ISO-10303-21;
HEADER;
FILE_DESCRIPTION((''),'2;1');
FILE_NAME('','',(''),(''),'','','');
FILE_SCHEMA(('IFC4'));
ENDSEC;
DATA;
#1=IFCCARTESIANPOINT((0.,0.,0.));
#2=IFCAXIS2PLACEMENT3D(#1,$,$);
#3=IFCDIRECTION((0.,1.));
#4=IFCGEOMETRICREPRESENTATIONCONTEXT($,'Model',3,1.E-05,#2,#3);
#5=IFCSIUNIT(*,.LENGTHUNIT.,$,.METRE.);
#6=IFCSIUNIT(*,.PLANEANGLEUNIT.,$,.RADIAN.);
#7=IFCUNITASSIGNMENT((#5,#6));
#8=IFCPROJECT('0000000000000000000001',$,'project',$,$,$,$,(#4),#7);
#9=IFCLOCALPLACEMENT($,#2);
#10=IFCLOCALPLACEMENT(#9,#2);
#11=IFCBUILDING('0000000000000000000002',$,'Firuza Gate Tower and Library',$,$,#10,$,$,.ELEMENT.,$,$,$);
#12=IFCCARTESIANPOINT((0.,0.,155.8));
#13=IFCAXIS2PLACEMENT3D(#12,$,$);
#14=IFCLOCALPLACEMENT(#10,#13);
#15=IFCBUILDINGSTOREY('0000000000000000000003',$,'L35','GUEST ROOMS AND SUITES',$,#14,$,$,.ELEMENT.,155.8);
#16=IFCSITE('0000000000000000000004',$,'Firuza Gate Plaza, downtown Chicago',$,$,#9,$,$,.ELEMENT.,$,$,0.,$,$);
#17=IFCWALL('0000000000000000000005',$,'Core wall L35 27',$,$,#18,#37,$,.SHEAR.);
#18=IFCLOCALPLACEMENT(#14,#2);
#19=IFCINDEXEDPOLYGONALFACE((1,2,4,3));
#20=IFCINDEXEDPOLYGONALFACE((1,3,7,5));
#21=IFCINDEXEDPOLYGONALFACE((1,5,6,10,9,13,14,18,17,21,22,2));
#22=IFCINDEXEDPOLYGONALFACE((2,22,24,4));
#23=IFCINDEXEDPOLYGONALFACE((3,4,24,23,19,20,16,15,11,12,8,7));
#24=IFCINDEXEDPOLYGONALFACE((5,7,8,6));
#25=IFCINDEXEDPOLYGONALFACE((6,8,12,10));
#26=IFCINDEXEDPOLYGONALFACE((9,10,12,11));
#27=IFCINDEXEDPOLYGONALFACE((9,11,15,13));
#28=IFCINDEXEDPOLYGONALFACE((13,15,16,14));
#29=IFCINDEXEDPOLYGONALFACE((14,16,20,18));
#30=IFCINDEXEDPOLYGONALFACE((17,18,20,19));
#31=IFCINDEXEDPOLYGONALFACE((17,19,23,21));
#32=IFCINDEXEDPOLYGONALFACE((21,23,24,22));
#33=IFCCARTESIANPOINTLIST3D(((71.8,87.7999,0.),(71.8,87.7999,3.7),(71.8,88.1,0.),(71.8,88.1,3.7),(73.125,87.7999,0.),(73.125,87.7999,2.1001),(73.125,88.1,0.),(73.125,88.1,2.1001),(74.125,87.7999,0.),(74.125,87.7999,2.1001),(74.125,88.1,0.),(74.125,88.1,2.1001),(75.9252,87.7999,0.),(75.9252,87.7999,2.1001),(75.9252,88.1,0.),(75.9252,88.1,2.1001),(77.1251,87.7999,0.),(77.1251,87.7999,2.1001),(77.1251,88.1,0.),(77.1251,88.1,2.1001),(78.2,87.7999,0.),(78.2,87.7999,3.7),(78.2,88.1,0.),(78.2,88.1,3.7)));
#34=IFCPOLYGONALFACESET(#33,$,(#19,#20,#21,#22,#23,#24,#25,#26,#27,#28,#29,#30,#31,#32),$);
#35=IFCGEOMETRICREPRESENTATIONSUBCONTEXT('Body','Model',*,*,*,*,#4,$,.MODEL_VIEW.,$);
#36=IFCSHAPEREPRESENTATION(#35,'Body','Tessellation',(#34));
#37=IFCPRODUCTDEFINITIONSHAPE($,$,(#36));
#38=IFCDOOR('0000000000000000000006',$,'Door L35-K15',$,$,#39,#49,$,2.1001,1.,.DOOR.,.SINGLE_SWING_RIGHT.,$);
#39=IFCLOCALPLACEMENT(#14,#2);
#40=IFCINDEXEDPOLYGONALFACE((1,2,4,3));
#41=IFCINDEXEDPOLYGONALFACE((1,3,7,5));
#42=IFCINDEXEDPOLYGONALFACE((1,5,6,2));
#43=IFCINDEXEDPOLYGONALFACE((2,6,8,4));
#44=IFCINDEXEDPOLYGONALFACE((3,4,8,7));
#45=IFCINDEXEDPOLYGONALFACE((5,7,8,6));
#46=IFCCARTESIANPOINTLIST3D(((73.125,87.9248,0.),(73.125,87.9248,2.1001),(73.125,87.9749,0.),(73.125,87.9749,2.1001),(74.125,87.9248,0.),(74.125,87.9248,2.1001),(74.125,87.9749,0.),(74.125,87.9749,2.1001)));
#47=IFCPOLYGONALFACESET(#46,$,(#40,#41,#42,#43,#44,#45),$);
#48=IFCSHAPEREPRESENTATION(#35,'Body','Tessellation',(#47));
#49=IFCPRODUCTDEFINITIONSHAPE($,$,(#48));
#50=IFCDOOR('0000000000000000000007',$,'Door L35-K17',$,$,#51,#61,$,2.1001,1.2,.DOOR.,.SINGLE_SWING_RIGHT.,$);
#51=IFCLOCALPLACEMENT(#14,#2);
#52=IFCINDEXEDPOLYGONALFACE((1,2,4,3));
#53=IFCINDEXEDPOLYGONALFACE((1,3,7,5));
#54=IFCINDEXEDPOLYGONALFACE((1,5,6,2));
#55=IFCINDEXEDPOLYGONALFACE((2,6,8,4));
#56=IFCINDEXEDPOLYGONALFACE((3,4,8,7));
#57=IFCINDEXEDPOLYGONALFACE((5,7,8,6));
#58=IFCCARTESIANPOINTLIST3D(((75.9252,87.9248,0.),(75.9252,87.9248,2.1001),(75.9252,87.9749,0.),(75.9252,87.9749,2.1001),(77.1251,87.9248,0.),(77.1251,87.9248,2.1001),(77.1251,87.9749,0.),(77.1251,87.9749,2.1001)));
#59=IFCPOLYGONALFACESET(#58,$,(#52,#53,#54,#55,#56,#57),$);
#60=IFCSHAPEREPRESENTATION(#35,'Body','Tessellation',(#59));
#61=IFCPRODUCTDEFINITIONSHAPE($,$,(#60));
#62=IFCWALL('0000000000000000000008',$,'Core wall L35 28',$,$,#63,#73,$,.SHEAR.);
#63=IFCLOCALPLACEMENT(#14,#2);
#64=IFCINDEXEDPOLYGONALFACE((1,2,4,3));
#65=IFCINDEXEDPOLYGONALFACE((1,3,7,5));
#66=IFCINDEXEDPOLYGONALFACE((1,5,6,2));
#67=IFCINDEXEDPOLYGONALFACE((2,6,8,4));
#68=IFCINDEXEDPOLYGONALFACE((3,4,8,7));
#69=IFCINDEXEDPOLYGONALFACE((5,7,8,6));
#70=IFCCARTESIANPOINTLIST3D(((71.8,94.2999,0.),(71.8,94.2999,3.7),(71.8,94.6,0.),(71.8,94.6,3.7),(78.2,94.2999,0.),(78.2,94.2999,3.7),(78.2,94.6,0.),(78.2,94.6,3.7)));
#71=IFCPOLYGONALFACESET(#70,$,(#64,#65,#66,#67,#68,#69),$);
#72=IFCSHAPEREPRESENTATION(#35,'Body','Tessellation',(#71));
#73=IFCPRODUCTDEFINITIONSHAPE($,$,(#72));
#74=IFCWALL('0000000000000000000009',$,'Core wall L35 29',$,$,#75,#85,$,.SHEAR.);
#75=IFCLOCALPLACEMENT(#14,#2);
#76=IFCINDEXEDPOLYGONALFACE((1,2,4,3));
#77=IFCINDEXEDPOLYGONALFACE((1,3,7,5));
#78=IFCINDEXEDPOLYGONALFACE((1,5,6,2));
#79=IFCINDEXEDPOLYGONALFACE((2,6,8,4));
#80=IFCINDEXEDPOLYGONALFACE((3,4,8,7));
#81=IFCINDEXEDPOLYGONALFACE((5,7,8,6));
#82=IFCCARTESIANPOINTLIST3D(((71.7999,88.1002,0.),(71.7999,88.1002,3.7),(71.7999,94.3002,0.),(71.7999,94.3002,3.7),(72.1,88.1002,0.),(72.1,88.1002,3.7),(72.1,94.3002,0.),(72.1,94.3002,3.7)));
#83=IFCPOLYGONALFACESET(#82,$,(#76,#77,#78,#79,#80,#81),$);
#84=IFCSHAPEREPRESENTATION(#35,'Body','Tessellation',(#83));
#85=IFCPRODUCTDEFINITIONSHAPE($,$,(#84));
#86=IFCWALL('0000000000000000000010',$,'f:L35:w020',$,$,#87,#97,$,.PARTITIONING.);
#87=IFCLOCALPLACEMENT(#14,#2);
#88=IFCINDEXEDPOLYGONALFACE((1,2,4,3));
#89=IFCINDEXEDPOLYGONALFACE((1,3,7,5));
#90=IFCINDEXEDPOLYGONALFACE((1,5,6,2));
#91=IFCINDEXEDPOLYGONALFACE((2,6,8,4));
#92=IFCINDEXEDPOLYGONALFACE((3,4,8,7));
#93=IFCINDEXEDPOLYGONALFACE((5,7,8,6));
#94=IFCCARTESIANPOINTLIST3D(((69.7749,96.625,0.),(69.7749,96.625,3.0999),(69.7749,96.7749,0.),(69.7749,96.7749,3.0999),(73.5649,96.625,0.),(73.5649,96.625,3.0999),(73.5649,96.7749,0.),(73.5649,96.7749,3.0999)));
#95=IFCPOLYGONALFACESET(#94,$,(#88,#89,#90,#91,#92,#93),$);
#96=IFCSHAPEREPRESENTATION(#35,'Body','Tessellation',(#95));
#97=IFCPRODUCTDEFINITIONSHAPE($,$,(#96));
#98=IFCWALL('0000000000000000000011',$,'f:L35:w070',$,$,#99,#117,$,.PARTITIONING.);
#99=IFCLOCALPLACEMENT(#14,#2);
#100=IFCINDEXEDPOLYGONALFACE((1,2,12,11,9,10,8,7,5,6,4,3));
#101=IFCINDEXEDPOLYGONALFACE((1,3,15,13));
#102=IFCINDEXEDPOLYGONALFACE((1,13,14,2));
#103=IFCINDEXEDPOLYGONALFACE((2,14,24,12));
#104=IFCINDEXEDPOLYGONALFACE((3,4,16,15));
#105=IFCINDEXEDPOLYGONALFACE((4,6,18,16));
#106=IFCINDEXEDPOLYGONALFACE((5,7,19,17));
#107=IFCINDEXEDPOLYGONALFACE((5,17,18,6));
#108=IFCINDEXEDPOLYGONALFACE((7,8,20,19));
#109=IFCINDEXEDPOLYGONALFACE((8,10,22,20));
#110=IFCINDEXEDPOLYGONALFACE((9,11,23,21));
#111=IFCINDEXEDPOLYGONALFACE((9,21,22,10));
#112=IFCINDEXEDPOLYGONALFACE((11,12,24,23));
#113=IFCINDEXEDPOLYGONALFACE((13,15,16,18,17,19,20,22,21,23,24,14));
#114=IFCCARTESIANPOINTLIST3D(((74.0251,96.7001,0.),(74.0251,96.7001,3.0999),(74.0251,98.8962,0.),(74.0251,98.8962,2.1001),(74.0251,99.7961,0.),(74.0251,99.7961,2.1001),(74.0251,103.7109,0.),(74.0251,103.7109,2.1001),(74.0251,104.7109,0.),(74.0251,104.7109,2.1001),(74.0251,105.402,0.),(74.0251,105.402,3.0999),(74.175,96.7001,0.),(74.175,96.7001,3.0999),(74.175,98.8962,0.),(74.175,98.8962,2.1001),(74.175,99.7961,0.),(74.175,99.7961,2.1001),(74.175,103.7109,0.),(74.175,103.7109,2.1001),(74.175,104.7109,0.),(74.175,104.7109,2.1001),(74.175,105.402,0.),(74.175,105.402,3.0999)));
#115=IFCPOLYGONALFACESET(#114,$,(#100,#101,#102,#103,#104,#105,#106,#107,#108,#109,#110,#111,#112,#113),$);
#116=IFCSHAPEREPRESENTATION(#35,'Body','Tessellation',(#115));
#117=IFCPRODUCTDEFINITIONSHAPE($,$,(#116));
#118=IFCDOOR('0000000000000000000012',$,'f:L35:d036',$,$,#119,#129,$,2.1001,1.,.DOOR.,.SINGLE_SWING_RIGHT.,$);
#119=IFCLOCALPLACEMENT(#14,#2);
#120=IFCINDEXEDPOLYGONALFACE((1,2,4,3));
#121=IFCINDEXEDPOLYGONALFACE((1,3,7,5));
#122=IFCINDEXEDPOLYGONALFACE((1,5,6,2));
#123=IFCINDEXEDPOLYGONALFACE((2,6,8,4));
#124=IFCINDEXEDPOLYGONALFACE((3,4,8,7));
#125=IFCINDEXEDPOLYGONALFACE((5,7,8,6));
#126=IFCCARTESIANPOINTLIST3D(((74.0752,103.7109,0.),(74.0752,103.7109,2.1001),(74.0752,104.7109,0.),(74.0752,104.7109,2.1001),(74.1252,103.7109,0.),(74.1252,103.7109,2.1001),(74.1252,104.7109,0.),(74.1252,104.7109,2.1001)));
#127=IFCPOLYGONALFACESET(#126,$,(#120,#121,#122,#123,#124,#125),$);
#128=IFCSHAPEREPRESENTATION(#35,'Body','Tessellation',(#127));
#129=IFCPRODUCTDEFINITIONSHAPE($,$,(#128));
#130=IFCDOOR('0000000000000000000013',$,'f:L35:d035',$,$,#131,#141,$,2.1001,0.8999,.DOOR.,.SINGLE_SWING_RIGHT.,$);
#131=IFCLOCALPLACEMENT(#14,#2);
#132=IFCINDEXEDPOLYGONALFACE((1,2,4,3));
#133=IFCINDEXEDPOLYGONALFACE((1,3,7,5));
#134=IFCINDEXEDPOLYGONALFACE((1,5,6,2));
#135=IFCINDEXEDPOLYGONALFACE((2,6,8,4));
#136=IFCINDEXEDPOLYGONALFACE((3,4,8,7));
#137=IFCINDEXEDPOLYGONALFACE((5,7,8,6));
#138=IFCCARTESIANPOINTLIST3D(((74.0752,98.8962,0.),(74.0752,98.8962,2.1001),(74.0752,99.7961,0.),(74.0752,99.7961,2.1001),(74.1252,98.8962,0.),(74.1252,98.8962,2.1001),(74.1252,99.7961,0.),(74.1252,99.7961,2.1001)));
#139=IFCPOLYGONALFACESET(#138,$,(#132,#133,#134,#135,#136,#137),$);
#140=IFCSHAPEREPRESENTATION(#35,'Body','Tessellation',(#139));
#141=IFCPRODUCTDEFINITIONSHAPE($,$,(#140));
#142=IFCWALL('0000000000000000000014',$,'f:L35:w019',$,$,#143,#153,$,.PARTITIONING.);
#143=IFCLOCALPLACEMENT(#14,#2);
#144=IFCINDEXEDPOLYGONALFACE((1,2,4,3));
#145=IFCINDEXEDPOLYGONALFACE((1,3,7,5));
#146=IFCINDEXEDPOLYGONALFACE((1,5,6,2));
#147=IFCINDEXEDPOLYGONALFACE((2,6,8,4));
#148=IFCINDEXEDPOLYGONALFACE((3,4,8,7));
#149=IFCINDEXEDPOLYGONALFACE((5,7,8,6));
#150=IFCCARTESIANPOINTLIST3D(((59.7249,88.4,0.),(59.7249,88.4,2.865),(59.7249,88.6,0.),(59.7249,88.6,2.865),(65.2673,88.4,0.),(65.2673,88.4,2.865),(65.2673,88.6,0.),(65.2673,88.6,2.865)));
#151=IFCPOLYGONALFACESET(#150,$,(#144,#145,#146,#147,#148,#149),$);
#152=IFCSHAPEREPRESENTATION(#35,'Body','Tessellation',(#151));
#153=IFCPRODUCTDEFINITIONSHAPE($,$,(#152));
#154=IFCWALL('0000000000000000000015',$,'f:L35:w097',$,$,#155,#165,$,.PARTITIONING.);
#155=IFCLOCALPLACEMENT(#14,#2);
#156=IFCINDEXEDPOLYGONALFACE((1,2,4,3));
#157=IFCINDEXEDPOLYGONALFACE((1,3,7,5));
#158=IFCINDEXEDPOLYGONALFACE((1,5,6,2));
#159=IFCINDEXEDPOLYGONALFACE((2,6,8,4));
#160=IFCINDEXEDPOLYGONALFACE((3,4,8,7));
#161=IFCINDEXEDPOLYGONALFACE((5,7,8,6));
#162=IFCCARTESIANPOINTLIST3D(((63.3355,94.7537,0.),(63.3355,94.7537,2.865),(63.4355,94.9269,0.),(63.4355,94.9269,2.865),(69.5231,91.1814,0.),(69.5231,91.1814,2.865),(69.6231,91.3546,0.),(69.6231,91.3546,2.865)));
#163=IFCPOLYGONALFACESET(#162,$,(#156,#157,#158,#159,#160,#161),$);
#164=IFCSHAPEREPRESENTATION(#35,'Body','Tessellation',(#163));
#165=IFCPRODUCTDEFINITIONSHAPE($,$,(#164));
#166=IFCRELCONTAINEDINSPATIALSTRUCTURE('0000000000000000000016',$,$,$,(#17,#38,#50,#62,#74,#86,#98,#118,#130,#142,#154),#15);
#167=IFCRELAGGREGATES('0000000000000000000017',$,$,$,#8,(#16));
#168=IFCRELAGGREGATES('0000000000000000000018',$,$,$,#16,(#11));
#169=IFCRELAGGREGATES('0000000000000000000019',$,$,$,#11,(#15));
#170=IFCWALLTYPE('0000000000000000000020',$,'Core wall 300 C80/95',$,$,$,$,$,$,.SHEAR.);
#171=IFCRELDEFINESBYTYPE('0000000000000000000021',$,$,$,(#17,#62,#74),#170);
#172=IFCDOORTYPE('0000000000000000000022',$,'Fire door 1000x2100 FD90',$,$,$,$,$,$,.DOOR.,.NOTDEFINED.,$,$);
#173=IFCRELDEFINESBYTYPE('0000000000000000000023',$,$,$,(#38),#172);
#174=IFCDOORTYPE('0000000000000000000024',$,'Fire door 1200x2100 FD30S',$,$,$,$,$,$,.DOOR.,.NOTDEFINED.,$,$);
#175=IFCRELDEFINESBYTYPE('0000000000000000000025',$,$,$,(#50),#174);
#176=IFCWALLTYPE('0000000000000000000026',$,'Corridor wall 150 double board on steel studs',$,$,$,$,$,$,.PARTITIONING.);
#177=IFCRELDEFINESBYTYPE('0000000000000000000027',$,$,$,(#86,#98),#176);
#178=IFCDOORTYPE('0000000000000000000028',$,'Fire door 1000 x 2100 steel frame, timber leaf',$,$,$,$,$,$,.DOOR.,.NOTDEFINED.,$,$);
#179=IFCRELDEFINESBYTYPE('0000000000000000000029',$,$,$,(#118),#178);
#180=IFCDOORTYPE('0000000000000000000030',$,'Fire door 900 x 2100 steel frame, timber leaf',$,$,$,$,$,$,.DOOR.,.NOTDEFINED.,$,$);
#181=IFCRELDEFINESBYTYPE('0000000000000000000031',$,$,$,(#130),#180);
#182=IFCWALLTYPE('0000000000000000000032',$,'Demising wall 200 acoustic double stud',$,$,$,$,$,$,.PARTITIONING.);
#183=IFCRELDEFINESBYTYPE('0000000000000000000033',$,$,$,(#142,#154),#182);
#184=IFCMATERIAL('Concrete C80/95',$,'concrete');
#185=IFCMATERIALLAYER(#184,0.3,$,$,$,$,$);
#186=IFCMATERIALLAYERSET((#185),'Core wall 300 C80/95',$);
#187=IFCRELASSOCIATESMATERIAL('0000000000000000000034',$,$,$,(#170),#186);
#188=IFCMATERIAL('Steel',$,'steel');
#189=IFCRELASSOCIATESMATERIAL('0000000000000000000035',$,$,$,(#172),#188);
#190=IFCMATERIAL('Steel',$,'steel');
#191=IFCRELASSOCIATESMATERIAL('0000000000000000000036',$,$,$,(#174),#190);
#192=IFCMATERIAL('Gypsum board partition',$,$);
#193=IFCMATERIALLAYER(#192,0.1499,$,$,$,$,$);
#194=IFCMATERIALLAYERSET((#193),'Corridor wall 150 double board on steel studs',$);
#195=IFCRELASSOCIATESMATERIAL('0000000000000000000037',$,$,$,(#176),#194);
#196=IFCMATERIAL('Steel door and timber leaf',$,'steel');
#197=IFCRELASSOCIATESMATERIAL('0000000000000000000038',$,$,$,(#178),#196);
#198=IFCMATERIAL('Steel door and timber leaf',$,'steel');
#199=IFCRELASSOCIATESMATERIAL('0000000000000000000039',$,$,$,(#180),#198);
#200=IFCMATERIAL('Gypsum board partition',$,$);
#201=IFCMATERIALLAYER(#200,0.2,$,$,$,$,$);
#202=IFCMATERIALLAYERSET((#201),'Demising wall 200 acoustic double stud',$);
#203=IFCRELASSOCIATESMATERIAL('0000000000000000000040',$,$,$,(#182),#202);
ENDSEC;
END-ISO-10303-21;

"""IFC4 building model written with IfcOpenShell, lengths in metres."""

from ifc_helpers import new_model, si_unit, direction, frame, frame_2d, origin, place, context, subcontext, project, spatial, rectangle, extrude, material, layer, layer_set, type_object, element, fill, save


model = new_model("IFC4")

# Units and contexts
model_context = context("Model", 3, precision=1e-05, world=origin(), true_north=direction((0.0, 1.0)))
body_context = subcontext(model_context, "Body", "Model", "MODEL_VIEW")
ifc_project = project(units=[si_unit("LENGTHUNIT", "METRE"), si_unit("PLANEANGLEUNIT", "RADIAN")], contexts=[model_context])

# Site, building, storey
site_placement = place(None, origin())
site = spatial("IfcSite", under=ifc_project, at=site_placement, Name="Firuza Gate Plaza, downtown Chicago", CompositionType="ELEMENT", RefElevation=0.0)
building_placement = place(site_placement, origin())
building = spatial("IfcBuilding", under=site, at=building_placement, Name="Firuza Gate Tower and Library", CompositionType="ELEMENT")
storey_placement = place(building_placement, frame((0.0, 0.0, 155.8)))
storey = spatial("IfcBuildingStorey", under=building, at=storey_placement, Name="L35", Description="GUEST ROOMS AND SUITES", CompositionType="ELEMENT", Elevation=155.8)

# Wall, openings, doors
ifc_material_1 = material(Name="Concrete C80/95", Category="concrete")
ifc_layer_1 = layer(ifc_material_1, 0.3)
ifc_layer_set_1 = layer_set([ifc_layer_1], Name="Core wall 300 C80/95")
wall_type_1 = type_object("IfcWallType", Name="Core wall 300 C80/95", PredefinedType="SHEAR", material=ifc_layer_set_1)
wall_1_placement = place(storey_placement, frame((71.8, 87.95, 0.0), z_axis=(0.0, 0.0, 1.0), x_axis=(1.0, 0.0, 0.0)))
wall_1 = element("IfcWall", 1, at=wall_1_placement, inside=storey, type_object=wall_type_1, Name="Core wall L35 27", PredefinedType="SHEAR", context=body_context, shape_type="SweptSolid", body=[
    extrude(rectangle(XDim=6.3999, YDim=0.3, at=frame_2d((3.2, 0.0))), origin(), (0.0, 0.0, 1.0), 3.7),
])
opening_1_placement = place(wall_1_placement, frame((1.325, 0.0, 0.0)))
opening_1 = element("IfcOpeningElement", 2, at=opening_1_placement, cuts=wall_1, PredefinedType="OPENING", context=body_context, shape_type="SweptSolid", body=[
    extrude(rectangle(XDim=1.0, YDim=2.1001, at=frame_2d((0.5, 1.05))), frame((0.0, 0.1602, 0.0), z_axis=(0.0, -1.0, 0.0), x_axis=(1.0, 0.0, 0.0)), (0.0, 0.0, 1.0), 0.3201),
])
opening_2_placement = place(wall_1_placement, frame((4.125, 0.0, 0.0)))
opening_2 = element("IfcOpeningElement", 3, at=opening_2_placement, cuts=wall_1, PredefinedType="OPENING", context=body_context, shape_type="SweptSolid", body=[
    extrude(rectangle(XDim=1.2, YDim=2.1001, at=frame_2d((0.6001, 1.05))), frame((0.0, 0.1602, 0.0), z_axis=(0.0, -1.0, 0.0), x_axis=(1.0, 0.0, 0.0)), (0.0, 0.0, 1.0), 0.3201),
])
ifc_material_2 = material(Name="Steel", Category="steel")
door_type_1 = type_object("IfcDoorType", Name="Fire door 1000x2100 FD90", OperationType="NOTDEFINED", PredefinedType="DOOR", material=ifc_material_2)
door_1_placement = place(opening_1_placement, origin())
door_1 = element("IfcDoor", 4, at=door_1_placement, inside=storey, type_object=door_type_1, Name="Door L35-K15", OperationType="SINGLE_SWING_RIGHT", OverallHeight=2.1001, OverallWidth=1.0, PredefinedType="DOOR", context=body_context, shape_type="SweptSolid", body=[
    extrude(rectangle(XDim=1.0, YDim=2.1001, at=frame_2d((0.5, 1.05))), frame((0.0, 0.0249, 0.0), z_axis=(0.0, -1.0, 0.0), x_axis=(1.0, 0.0, 0.0)), (0.0, 0.0, 1.0), 0.05),
])
fill(opening_1, door_1)
ifc_material_3 = material(Name="Steel", Category="steel")
door_type_2 = type_object("IfcDoorType", Name="Fire door 1200x2100 FD30S", OperationType="NOTDEFINED", PredefinedType="DOOR", material=ifc_material_3)
door_2_placement = place(opening_2_placement, origin())
door_2 = element("IfcDoor", 5, at=door_2_placement, inside=storey, type_object=door_type_2, Name="Door L35-K17", OperationType="SINGLE_SWING_RIGHT", OverallHeight=2.1001, OverallWidth=1.2, PredefinedType="DOOR", context=body_context, shape_type="SweptSolid", body=[
    extrude(rectangle(XDim=1.2, YDim=2.1001, at=frame_2d((0.6001, 1.05))), frame((0.0, 0.0249, 0.0), z_axis=(0.0, -1.0, 0.0), x_axis=(1.0, 0.0, 0.0)), (0.0, 0.0, 1.0), 0.05),
])
fill(opening_2, door_2)

# Walls
wall_2_placement = place(storey_placement, frame((71.8, 94.45, 0.0), z_axis=(0.0, 0.0, 1.0), x_axis=(1.0, 0.0, 0.0)))
element("IfcWall", 6, at=wall_2_placement, inside=storey, type_object=wall_type_1, Name="Core wall L35 28", PredefinedType="SHEAR", context=body_context, shape_type="SweptSolid", body=[
    extrude(rectangle(XDim=6.3999, YDim=0.3, at=frame_2d((3.2, 0.0))), origin(), (0.0, 0.0, 1.0), 3.7),
])
wall_3_placement = place(storey_placement, frame((71.95, 88.1001, 0.0), z_axis=(0.0, 0.0, 1.0), x_axis=(0.0, 1.0, 0.0)))
element("IfcWall", 7, at=wall_3_placement, inside=storey, type_object=wall_type_1, Name="Core wall L35 29", PredefinedType="SHEAR", context=body_context, shape_type="SweptSolid", body=[
    extrude(rectangle(XDim=6.2, YDim=0.3, at=frame_2d((3.1001, 0.0))), origin(), (0.0, 0.0, 1.0), 3.7),
])
ifc_material_4 = material(Name="Gypsum board partition")
ifc_layer_2 = layer(ifc_material_4, 0.1499)
ifc_layer_set_2 = layer_set([ifc_layer_2], Name="Corridor wall 150 double board on steel studs")
wall_type_2 = type_object("IfcWallType", Name="Corridor wall 150 double board on steel studs", PredefinedType="PARTITIONING", material=ifc_layer_set_2)
wall_4_placement = place(storey_placement, frame((69.7749, 96.7, 0.0), z_axis=(0.0, 0.0, 1.0), x_axis=(1.0, 0.0, 0.0)))
element("IfcWall", 8, at=wall_4_placement, inside=storey, type_object=wall_type_2, Name="f:L35:w020", PredefinedType="PARTITIONING", context=body_context, shape_type="SweptSolid", body=[
    extrude(rectangle(XDim=3.79, YDim=0.1499, at=frame_2d((1.895, 0.0))), origin(), (0.0, 0.0, 1.0), 3.0999),
])

# Wall, openings, doors
wall_5_placement = place(storey_placement, frame((74.1001, 96.7, 0.0), z_axis=(0.0, 0.0, 1.0), x_axis=(0.0, 1.0, 0.0)))
wall_5 = element("IfcWall", 9, at=wall_5_placement, inside=storey, type_object=wall_type_2, Name="f:L35:w070", PredefinedType="PARTITIONING", context=body_context, shape_type="SweptSolid", body=[
    extrude(rectangle(XDim=8.7019, YDim=0.1499, at=frame_2d((4.3511, 0.0))), origin(), (0.0, 0.0, 1.0), 3.0999),
])
opening_3_placement = place(wall_5_placement, frame((2.1963, 0.0, 0.0)))
opening_3 = element("IfcOpeningElement", 10, at=opening_3_placement, cuts=wall_5, PredefinedType="OPENING", context=body_context, shape_type="SweptSolid", body=[
    extrude(rectangle(XDim=0.8999, YDim=2.1001, at=frame_2d((0.45, 1.05))), frame((0.0, 0.085, 0.0), z_axis=(0.0, -1.0, 0.0), x_axis=(1.0, 0.0, 0.0)), (0.0, 0.0, 1.0), 0.1699),
])
opening_4_placement = place(wall_5_placement, frame((7.011, 0.0, 0.0)))
opening_4 = element("IfcOpeningElement", 11, at=opening_4_placement, cuts=wall_5, PredefinedType="OPENING", context=body_context, shape_type="SweptSolid", body=[
    extrude(rectangle(XDim=1.0, YDim=2.1001, at=frame_2d((0.5, 1.05))), frame((0.0, 0.085, 0.0), z_axis=(0.0, -1.0, 0.0), x_axis=(1.0, 0.0, 0.0)), (0.0, 0.0, 1.0), 0.1699),
])
ifc_material_5 = material(Name="Steel door and timber leaf", Category="steel")
door_type_3 = type_object("IfcDoorType", Name="Fire door 1000 x 2100 steel frame, timber leaf", OperationType="NOTDEFINED", PredefinedType="DOOR", material=ifc_material_5)
door_3_placement = place(opening_4_placement, origin())
door_3 = element("IfcDoor", 12, at=door_3_placement, inside=storey, type_object=door_type_3, Name="f:L35:d036", OperationType="SINGLE_SWING_RIGHT", OverallHeight=2.1001, OverallWidth=1.0, PredefinedType="DOOR", context=body_context, shape_type="SweptSolid", body=[
    extrude(rectangle(XDim=1.0, YDim=2.1001, at=frame_2d((0.5, 1.05))), frame((0.0, 0.0249, 0.0), z_axis=(0.0, -1.0, 0.0), x_axis=(1.0, 0.0, 0.0)), (0.0, 0.0, 1.0), 0.05),
])
fill(opening_4, door_3)
ifc_material_6 = material(Name="Steel door and timber leaf", Category="steel")
door_type_4 = type_object("IfcDoorType", Name="Fire door 900 x 2100 steel frame, timber leaf", OperationType="NOTDEFINED", PredefinedType="DOOR", material=ifc_material_6)
door_4_placement = place(opening_3_placement, origin())
door_4 = element("IfcDoor", 13, at=door_4_placement, inside=storey, type_object=door_type_4, Name="f:L35:d035", OperationType="SINGLE_SWING_RIGHT", OverallHeight=2.1001, OverallWidth=0.8999, PredefinedType="DOOR", context=body_context, shape_type="SweptSolid", body=[
    extrude(rectangle(XDim=0.8999, YDim=2.1001, at=frame_2d((0.45, 1.05))), frame((0.0, 0.0249, 0.0), z_axis=(0.0, -1.0, 0.0), x_axis=(1.0, 0.0, 0.0)), (0.0, 0.0, 1.0), 0.05),
])
fill(opening_3, door_4)

# Walls
ifc_material_7 = material(Name="Gypsum board partition")
ifc_layer_3 = layer(ifc_material_7, 0.2)
ifc_layer_set_3 = layer_set([ifc_layer_3], Name="Demising wall 200 acoustic double stud")
wall_type_3 = type_object("IfcWallType", Name="Demising wall 200 acoustic double stud", PredefinedType="PARTITIONING", material=ifc_layer_set_3)
wall_6_placement = place(storey_placement, frame((59.7249, 88.5, 0.0), z_axis=(0.0, 0.0, 1.0), x_axis=(1.0, 0.0, 0.0)))
element("IfcWall", 14, at=wall_6_placement, inside=storey, type_object=wall_type_3, Name="f:L35:w019", PredefinedType="PARTITIONING", context=body_context, shape_type="SweptSolid", body=[
    extrude(rectangle(XDim=5.5425, YDim=0.2, at=frame_2d((2.7712, 0.0))), origin(), (0.0, 0.0, 1.0), 2.865),
])
wall_7_placement = place(storey_placement, frame((69.573, 91.2681, 0.0), z_axis=(0.0, 0.0, 1.0), x_axis=(-0.866031, 0.499991, 0.0)))
element("IfcWall", 15, at=wall_7_placement, inside=storey, type_object=wall_type_3, Name="f:L35:w097", PredefinedType="PARTITIONING", context=body_context, shape_type="SweptSolid", body=[
    extrude(rectangle(XDim=7.1448, YDim=0.2, at=frame_2d((3.5723, 0.0))), origin(), (0.0, 0.0, 1.0), 2.865),
])

save(model, "model.ifc")
